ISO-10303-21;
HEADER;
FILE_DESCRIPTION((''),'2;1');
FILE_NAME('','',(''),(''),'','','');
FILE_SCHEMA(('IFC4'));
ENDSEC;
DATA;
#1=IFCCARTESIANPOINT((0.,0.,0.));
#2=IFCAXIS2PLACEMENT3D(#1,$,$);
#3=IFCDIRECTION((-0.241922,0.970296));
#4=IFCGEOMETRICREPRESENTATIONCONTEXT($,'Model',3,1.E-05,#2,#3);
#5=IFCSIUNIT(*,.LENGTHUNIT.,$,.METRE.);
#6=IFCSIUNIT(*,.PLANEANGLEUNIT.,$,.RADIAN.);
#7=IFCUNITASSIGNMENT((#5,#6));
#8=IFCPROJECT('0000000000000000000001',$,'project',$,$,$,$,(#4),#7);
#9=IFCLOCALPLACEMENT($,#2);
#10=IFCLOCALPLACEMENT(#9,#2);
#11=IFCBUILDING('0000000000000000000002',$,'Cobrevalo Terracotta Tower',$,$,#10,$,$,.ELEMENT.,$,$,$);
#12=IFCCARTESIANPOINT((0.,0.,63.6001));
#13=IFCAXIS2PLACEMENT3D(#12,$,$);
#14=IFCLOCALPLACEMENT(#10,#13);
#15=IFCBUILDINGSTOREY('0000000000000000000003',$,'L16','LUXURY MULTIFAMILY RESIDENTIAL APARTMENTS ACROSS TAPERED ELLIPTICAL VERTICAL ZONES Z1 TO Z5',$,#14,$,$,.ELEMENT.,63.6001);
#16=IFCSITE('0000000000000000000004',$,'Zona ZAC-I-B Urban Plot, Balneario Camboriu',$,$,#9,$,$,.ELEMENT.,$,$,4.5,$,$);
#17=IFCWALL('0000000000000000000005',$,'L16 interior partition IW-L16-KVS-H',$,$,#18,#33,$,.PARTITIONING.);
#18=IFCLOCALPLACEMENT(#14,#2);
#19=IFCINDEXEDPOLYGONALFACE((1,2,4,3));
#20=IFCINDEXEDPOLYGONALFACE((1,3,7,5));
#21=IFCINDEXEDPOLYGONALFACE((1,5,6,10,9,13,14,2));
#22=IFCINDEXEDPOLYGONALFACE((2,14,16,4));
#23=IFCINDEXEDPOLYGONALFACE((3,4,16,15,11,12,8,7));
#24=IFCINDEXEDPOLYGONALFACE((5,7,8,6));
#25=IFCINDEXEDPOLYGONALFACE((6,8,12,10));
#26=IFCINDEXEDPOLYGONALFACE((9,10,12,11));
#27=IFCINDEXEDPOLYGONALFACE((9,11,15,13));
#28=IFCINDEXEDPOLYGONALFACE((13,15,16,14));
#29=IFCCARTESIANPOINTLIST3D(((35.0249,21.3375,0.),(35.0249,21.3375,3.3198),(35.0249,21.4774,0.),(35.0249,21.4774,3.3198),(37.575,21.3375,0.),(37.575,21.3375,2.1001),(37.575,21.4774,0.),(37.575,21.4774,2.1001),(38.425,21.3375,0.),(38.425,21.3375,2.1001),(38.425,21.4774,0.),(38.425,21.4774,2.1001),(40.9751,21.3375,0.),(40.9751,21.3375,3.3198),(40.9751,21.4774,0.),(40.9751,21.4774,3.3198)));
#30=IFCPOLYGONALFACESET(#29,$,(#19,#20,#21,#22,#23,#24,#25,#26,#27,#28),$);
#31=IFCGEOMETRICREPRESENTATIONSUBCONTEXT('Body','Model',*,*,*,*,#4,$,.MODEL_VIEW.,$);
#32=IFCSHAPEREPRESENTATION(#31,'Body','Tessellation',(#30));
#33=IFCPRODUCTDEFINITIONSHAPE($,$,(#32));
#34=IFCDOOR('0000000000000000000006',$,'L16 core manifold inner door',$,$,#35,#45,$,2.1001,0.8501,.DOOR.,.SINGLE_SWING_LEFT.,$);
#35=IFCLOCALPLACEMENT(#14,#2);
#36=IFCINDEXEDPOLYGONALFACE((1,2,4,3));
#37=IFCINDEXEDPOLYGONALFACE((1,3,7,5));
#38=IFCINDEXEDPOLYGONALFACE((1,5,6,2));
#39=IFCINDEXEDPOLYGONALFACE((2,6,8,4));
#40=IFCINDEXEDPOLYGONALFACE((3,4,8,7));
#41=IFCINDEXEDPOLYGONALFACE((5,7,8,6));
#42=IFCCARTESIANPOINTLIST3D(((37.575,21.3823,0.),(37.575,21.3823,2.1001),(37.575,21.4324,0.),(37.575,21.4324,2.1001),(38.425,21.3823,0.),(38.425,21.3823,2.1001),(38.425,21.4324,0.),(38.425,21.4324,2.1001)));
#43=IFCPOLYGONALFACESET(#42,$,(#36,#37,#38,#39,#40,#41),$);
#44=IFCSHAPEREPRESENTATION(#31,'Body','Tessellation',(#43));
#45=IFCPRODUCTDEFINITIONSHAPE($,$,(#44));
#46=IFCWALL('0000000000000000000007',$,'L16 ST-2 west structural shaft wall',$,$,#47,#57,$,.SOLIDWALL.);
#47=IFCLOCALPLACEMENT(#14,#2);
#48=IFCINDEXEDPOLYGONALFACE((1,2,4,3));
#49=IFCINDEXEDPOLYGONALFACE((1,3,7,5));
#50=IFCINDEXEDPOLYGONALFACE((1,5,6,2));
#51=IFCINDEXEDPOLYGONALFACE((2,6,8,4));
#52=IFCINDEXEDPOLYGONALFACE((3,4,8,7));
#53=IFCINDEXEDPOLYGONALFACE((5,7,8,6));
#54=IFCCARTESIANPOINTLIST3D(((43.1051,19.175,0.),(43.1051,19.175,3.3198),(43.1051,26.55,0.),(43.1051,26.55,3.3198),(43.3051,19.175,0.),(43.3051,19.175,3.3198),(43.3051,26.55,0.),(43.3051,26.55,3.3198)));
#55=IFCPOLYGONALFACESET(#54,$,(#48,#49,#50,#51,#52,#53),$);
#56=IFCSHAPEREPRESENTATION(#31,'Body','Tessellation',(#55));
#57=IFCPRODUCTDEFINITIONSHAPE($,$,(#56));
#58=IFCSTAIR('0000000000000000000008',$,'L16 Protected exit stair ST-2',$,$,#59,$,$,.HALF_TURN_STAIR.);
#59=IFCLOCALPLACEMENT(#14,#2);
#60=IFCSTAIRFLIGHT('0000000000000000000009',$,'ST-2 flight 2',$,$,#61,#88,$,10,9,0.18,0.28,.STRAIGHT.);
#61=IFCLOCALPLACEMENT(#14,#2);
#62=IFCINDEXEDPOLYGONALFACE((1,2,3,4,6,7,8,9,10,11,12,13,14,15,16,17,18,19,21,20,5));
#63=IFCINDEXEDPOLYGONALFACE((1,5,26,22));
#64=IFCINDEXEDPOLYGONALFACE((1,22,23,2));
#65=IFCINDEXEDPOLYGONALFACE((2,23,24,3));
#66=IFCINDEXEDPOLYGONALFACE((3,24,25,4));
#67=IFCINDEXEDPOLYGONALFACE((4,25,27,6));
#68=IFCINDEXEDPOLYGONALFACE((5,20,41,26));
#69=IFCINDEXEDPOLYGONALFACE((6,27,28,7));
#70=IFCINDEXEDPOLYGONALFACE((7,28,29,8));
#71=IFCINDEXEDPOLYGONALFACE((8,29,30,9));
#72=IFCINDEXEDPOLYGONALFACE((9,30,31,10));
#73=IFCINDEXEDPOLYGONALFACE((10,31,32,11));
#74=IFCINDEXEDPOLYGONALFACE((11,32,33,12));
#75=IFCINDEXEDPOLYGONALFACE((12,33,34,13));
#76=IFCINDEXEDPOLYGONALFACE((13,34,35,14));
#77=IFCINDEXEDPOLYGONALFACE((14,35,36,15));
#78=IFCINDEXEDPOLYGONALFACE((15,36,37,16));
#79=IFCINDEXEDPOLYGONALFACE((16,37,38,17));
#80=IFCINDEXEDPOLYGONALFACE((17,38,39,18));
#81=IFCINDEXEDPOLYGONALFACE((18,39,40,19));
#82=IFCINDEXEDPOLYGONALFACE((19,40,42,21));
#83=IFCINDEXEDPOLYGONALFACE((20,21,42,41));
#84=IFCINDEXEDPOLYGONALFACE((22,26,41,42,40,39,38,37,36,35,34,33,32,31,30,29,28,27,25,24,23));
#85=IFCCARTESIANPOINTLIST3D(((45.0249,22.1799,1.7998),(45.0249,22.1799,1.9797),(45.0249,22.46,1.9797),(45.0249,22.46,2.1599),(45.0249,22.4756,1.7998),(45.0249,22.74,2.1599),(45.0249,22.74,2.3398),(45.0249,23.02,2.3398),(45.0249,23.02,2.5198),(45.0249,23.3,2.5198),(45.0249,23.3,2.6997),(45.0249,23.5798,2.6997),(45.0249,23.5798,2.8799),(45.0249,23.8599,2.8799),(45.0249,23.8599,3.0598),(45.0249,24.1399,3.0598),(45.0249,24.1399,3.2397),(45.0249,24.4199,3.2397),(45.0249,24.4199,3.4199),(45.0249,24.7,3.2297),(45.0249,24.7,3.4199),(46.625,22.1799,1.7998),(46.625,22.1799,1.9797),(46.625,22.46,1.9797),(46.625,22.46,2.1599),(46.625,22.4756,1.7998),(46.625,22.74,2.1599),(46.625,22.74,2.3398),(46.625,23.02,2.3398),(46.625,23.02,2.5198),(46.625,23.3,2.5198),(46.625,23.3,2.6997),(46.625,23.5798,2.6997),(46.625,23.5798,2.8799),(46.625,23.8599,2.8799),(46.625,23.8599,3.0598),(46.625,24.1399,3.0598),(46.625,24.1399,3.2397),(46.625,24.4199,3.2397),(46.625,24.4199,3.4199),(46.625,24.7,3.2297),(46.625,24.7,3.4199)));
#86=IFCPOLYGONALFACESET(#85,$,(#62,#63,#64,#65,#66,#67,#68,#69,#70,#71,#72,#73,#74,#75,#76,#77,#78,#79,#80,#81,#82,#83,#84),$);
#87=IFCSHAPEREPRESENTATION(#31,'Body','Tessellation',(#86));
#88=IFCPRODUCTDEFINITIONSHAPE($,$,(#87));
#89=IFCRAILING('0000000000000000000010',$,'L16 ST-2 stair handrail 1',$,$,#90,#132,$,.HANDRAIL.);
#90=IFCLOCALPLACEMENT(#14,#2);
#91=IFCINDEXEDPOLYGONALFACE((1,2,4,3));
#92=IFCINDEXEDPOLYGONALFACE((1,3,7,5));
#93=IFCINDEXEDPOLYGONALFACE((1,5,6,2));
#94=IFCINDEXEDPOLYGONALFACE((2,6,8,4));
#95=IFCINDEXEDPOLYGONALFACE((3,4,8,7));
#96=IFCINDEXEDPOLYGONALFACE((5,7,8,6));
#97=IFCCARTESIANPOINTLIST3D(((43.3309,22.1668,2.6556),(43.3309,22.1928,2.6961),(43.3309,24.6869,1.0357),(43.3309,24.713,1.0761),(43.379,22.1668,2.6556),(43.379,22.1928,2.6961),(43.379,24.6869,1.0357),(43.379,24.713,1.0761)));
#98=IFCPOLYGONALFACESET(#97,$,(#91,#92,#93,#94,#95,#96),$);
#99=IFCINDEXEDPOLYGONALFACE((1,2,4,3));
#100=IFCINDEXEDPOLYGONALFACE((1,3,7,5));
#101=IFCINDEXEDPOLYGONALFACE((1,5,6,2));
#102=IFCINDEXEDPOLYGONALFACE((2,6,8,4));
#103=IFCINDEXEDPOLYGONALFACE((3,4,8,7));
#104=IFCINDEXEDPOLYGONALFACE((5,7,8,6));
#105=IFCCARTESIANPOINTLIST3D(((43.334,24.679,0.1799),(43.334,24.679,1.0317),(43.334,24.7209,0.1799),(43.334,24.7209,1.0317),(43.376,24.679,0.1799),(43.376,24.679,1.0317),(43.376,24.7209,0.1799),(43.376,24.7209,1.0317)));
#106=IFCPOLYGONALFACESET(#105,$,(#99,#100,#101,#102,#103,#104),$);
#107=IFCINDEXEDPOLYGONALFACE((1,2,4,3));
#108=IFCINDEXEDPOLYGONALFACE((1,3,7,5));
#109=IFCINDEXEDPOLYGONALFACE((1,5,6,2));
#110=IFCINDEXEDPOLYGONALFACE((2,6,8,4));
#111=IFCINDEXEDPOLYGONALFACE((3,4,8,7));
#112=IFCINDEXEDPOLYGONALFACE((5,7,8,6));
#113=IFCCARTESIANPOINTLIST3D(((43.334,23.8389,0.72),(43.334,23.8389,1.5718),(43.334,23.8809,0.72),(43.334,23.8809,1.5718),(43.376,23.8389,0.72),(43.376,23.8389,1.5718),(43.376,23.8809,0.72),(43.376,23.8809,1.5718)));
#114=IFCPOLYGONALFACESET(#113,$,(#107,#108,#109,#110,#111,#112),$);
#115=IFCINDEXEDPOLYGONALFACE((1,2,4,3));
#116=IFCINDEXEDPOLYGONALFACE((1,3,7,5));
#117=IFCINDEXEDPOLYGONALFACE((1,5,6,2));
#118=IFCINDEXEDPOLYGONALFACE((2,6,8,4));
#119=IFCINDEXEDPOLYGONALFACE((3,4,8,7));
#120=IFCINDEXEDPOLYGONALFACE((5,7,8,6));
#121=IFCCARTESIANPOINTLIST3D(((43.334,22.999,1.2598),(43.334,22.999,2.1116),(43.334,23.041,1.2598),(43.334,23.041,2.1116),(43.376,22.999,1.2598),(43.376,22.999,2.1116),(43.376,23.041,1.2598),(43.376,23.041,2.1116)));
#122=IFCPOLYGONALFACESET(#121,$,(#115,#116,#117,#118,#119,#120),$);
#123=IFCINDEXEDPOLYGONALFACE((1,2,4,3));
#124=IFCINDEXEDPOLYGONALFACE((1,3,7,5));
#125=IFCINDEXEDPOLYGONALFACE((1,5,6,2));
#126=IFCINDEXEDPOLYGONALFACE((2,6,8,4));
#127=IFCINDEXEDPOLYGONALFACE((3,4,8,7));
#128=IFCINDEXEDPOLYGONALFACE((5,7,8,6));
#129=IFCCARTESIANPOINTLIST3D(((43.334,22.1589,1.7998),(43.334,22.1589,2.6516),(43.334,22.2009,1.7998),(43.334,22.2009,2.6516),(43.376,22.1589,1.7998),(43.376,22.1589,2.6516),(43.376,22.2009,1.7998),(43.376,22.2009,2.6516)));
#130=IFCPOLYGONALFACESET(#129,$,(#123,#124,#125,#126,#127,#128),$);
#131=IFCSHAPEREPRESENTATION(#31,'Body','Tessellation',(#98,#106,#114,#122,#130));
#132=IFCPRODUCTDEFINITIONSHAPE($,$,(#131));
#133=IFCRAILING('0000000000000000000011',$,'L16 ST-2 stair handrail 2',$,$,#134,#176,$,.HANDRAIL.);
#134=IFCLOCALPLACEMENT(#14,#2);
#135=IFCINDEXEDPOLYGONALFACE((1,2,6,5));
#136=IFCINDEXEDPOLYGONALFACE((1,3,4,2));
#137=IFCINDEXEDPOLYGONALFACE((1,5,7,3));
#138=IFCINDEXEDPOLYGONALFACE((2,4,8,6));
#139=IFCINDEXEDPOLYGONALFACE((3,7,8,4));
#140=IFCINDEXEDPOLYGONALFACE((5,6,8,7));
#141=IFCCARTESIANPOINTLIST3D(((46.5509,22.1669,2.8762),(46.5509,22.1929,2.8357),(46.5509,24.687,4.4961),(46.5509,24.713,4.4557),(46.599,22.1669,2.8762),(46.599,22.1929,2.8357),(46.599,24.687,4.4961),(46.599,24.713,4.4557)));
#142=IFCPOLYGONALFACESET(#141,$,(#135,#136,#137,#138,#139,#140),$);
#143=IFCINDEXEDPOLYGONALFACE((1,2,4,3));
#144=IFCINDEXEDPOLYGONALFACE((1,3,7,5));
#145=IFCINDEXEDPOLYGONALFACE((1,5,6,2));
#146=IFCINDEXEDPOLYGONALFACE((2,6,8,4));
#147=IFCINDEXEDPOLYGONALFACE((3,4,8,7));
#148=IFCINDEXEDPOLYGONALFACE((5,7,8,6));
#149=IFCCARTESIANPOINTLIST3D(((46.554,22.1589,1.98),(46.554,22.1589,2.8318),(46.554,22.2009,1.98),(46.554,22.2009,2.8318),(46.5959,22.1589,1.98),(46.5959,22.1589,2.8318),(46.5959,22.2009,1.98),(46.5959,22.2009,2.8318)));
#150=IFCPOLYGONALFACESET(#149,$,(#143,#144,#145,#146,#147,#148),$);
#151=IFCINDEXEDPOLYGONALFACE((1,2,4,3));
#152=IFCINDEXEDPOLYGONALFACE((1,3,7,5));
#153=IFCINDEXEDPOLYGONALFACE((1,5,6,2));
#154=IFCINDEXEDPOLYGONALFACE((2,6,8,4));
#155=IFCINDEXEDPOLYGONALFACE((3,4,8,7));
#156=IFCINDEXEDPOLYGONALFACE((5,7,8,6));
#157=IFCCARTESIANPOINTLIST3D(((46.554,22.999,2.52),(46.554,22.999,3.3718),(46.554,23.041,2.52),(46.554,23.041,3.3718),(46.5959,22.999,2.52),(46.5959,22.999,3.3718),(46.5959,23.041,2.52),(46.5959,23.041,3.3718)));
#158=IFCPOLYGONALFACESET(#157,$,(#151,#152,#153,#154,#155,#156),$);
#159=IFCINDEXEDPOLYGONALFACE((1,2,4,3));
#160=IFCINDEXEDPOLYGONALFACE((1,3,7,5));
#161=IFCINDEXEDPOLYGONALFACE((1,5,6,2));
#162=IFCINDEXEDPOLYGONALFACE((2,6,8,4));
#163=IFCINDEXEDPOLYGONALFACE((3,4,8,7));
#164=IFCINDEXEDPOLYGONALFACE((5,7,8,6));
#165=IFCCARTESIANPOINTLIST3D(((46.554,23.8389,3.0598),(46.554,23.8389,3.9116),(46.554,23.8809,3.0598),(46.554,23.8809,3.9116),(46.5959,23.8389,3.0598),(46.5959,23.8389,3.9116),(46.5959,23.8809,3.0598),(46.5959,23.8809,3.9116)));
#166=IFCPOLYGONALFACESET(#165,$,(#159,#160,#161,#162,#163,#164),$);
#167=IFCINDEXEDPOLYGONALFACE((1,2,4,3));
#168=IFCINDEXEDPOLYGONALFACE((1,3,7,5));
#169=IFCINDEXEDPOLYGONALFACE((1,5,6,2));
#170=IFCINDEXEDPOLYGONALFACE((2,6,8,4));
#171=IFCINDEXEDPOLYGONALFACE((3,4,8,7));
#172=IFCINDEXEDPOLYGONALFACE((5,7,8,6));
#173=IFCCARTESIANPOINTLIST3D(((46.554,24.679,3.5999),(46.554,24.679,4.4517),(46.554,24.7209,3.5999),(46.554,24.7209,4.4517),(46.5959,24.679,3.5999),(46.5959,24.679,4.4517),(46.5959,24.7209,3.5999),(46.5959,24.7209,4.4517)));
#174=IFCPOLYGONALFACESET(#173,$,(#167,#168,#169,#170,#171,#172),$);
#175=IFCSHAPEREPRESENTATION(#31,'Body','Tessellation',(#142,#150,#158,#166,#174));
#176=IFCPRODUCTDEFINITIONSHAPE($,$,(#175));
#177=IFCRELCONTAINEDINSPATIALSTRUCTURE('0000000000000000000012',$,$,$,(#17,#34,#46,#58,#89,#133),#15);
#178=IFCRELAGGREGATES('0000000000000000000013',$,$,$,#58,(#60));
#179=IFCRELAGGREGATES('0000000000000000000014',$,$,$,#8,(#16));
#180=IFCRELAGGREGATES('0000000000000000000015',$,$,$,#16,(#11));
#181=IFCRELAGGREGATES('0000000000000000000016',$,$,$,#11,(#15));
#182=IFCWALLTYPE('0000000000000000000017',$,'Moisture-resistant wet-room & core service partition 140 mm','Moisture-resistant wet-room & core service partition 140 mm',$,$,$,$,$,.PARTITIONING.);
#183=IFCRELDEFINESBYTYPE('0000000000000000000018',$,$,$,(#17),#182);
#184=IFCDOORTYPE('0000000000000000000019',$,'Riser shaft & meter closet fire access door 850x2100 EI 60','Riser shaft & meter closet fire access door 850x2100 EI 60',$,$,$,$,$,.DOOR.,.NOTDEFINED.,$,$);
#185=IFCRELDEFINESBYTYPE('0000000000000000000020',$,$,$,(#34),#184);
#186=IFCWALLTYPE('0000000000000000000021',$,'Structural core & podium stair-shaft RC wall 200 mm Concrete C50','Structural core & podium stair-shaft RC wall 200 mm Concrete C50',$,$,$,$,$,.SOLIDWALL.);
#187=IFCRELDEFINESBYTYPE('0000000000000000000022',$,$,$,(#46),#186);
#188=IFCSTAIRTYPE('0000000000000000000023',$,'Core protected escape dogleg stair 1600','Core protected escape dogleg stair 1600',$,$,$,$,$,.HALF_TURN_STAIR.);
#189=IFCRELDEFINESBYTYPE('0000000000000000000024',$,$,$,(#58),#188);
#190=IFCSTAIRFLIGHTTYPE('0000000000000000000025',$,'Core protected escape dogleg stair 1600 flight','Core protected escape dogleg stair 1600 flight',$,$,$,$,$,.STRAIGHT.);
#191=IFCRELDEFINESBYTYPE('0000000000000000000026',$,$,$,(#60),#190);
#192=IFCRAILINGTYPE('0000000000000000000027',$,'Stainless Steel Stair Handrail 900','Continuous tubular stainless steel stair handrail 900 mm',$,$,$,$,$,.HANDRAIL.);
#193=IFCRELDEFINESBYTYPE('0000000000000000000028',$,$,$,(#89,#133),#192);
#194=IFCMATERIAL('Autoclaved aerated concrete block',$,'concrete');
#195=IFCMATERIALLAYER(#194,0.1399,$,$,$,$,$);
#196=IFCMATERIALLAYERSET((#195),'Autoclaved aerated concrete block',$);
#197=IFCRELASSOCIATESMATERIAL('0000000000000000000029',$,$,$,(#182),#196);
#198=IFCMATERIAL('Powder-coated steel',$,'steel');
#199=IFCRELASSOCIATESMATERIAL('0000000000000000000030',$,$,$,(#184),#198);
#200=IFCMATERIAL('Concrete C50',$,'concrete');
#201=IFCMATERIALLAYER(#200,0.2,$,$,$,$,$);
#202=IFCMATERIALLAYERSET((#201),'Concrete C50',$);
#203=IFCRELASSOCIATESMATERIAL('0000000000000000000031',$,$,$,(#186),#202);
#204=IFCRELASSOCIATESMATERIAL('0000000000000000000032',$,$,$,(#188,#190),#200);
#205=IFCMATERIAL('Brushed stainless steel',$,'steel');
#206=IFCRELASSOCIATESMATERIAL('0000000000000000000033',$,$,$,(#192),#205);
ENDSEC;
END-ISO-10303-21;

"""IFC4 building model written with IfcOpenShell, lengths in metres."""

from ifc_helpers import new_model, si_unit, direction, frame, frame_2d, origin, origin_2d, place, context, subcontext, project, spatial, polyline, rectangle, outline, extrude, source, transform, mapped, material, layer, layer_set, type_object, element, fill, aggregate, save


model = new_model("IFC4")

# Units and contexts
model_context = context("Model", 3, precision=1e-05, world=origin(), true_north=direction((-0.241922, 0.970296)))
body_context = subcontext(model_context, "Body", "Model", "MODEL_VIEW")
ifc_project = project(units=[si_unit("LENGTHUNIT", "METRE"), si_unit("PLANEANGLEUNIT", "RADIAN")], contexts=[model_context])

# Site, building, storey
site_placement = place(None, origin())
site = spatial("IfcSite", under=ifc_project, at=site_placement, Name="Zona ZAC-I-B Urban Plot, Balneario Camboriu", CompositionType="ELEMENT", RefElevation=4.5)
building_placement = place(site_placement, origin())
building = spatial("IfcBuilding", under=site, at=building_placement, Name="Cobrevalo Terracotta Tower", CompositionType="ELEMENT")
storey_placement = place(building_placement, frame((0.0, 0.0, 63.6001)))
storey = spatial("IfcBuildingStorey", under=building, at=storey_placement, Name="L16", Description="LUXURY MULTIFAMILY RESIDENTIAL APARTMENTS ACROSS TAPERED ELLIPTICAL VERTICAL ZONES Z1 TO Z5", CompositionType="ELEMENT", Elevation=63.6001)

# Shared definitions
ifc_material_1 = material(Name="Autoclaved aerated concrete block", Category="concrete")

# Shared definitions
ifc_layer_1 = layer(ifc_material_1, 0.1399)
ifc_layer_set_1 = layer_set([ifc_layer_1], Name="Autoclaved aerated concrete block")
wall_type_1 = type_object("IfcWallType", Name="Moisture-resistant wet-room & core service partition 140 mm", Description="Moisture-resistant wet-room & core service partition 140 mm", PredefinedType="PARTITIONING", material=ifc_layer_set_1)

# Wall, opening, door
wall_1_placement = place(storey_placement, frame((35.0249, 21.4075, 0.0), z_axis=(0.0, 0.0, 1.0), x_axis=(1.0, 0.0, 0.0)))
wall_1 = element("IfcWall", 1, at=wall_1_placement, inside=storey, type_object=wall_type_1, Name="L16 interior partition IW-L16-KVS-H", PredefinedType="PARTITIONING", context=body_context, shape_type="SweptSolid", body=[
    extrude(rectangle(XDim=5.9502, YDim=0.1399, at=frame_2d((2.9751, 0.0))), origin(), (0.0, 0.0, 1.0), 3.3198),
])
opening_1_placement = place(wall_1_placement, frame((2.55, 0.0, 0.0)))
opening_1 = element("IfcOpeningElement", 2, at=opening_1_placement, cuts=wall_1, PredefinedType="OPENING", context=body_context, shape_type="SweptSolid", body=[
    extrude(rectangle(XDim=0.8501, YDim=2.1001, at=frame_2d((0.425, 1.05))), frame((0.0, 0.0801, 0.0), z_axis=(0.0, -1.0, 0.0), x_axis=(1.0, 0.0, 0.0)), (0.0, 0.0, 1.0), 0.1599),
])
ifc_material_2 = material(Name="Powder-coated steel", Category="steel")
door_type_1 = type_object("IfcDoorType", Name="Riser shaft & meter closet fire access door 850x2100 EI 60", Description="Riser shaft & meter closet fire access door 850x2100 EI 60", OperationType="NOTDEFINED", PredefinedType="DOOR", material=ifc_material_2)
shared_shape_1 = source(origin(), body_context, "Body", "SweptSolid", [
    extrude(rectangle(XDim=0.8501, YDim=2.1001, at=frame_2d((0.425, 1.05))), frame((0.0, 0.0249, 0.0), z_axis=(0.0, -1.0, 0.0), x_axis=(1.0, 0.0, 0.0)), (0.0, 0.0, 1.0), 0.05),
])
door_1_placement = place(opening_1_placement, origin())
door_1 = element("IfcDoor", 3, at=door_1_placement, inside=storey, type_object=door_type_1, Name="L16 core manifold inner door", OperationType="SINGLE_SWING_LEFT", OverallHeight=2.1001, OverallWidth=0.8501, PredefinedType="DOOR", context=body_context, shape_type="MappedRepresentation", body=[
    mapped(shared_shape_1, transform((0.0, 0.0, 0.0), scale=1.0)),
])
fill(opening_1, door_1)

# Wall
ifc_material_3 = material(Name="Concrete C50", Category="concrete")
ifc_layer_2 = layer(ifc_material_3, 0.2)
ifc_layer_set_2 = layer_set([ifc_layer_2], Name="Concrete C50")
wall_type_2 = type_object("IfcWallType", Name="Structural core & podium stair-shaft RC wall 200 mm Concrete C50", Description="Structural core & podium stair-shaft RC wall 200 mm Concrete C50", PredefinedType="SOLIDWALL", material=ifc_layer_set_2)
wall_2_placement = place(storey_placement, frame((43.2051, 19.175, 0.0), z_axis=(0.0, 0.0, 1.0), x_axis=(0.0, 1.0, 0.0)))
element("IfcWall", 4, at=wall_2_placement, inside=storey, type_object=wall_type_2, Name="L16 ST-2 west structural shaft wall", PredefinedType="SOLIDWALL", context=body_context, shape_type="SweptSolid", body=[
    extrude(rectangle(XDim=7.375, YDim=0.2, at=frame_2d((3.6875, 0.0))), origin(), (0.0, 0.0, 1.0), 3.3198),
])

# Stair, stair flight
stair_type = type_object("IfcStairType", Name="Core protected escape dogleg stair 1600", Description="Core protected escape dogleg stair 1600", PredefinedType="HALF_TURN_STAIR", material=ifc_material_3)
stair_placement = place(storey_placement, origin())
stair = element("IfcStair", 5, at=stair_placement, inside=storey, type_object=stair_type, Name="L16 Protected exit stair ST-2", PredefinedType="HALF_TURN_STAIR")
stair_flight_type = type_object("IfcStairFlightType", Name="Core protected escape dogleg stair 1600 flight", Description="Core protected escape dogleg stair 1600 flight", PredefinedType="STRAIGHT", material=ifc_material_3)
stair_flight_placement = place(storey_placement, frame((45.825, 22.1799, 1.7998), z_axis=(0.0, 0.0, 1.0), x_axis=(0.0, 1.0, 0.0)))
stair_flight = element("IfcStairFlight", 6, at=stair_flight_placement, type_object=stair_flight_type, Name="ST-2 flight 2", NumberOfRisers=10, NumberOfTreads=9, PredefinedType="STRAIGHT", RiserHeight=0.18, TreadLength=0.28, context=body_context, shape_type="SweptSolid", body=[
    extrude(outline(polyline([(0.0, 0.0), (0.0, 0.1799), (0.28, 0.1799), (0.28, 0.3601), (0.5601, 0.3601), (0.5601, 0.54), (0.8401, 0.54), (0.8401, 0.72), (1.1201, 0.72), (1.1201, 0.8999), (1.3999, 0.8999), (1.3999, 1.0801), (1.6799, 1.0801), (1.6799, 1.26), (1.96, 1.26), (1.96, 1.4399), (2.24, 1.4399), (2.24, 1.6201), (2.52, 1.6201), (2.52, 1.8), (2.52, 1.4299), (0.2957, 0.0), (0.0, 0.0)])), frame((0.0, 0.8, 0.0), z_axis=(0.0, -1.0, 0.0), x_axis=(1.0, 0.0, 0.0)), (0.0, 0.0, 1.0), 1.6001),
])
aggregate(stair, [stair_flight])

# Railings
ifc_material_4 = material(Name="Brushed stainless steel", Category="steel")
railing_type_1 = type_object("IfcRailingType", Name="Stainless Steel Stair Handrail 900", Description="Continuous tubular stainless steel stair handrail 900 mm", PredefinedType="HANDRAIL", material=ifc_material_4)
railing_1_placement = place(storey_placement, frame((43.355, 24.7, 0.1799)))
element("IfcRailing", 7, at=railing_1_placement, inside=storey, type_object=railing_type_1, Name="L16 ST-2 stair handrail 1", PredefinedType="HANDRAIL", context=body_context, shape_type="SweptSolid", body=[
    extrude(rectangle(XDim=0.0481, YDim=0.0481, at=origin_2d()), frame((0.0, 0.0, 0.876), z_axis=(0.0, -0.8412, 0.540725), x_axis=(1.0, 0.0, 0.0)), (0.0, 0.0, 1.0), 2.9958),
    extrude(rectangle(XDim=0.042, YDim=0.042, at=origin_2d()), origin(), (0.0, 0.0, 1.0), 0.8518),
    extrude(rectangle(XDim=0.042, YDim=0.042, at=origin_2d()), frame((0.0, -0.8401, 0.54)), (0.0, 0.0, 1.0), 0.8518),
    extrude(rectangle(XDim=0.042, YDim=0.042, at=origin_2d()), frame((0.0, -1.6799, 1.0798)), (0.0, 0.0, 1.0), 0.8518),
    extrude(rectangle(XDim=0.042, YDim=0.042, at=origin_2d()), frame((0.0, -2.52, 1.6199)), (0.0, 0.0, 1.0), 0.8518),
])
railing_2_placement = place(storey_placement, frame((46.575, 22.1799, 1.98)))
element("IfcRailing", 8, at=railing_2_placement, inside=storey, type_object=railing_type_1, Name="L16 ST-2 stair handrail 2", PredefinedType="HANDRAIL", context=body_context, shape_type="SweptSolid", body=[
    extrude(rectangle(XDim=0.0481, YDim=0.0481, at=origin_2d()), frame((0.0, 0.0, 0.876), z_axis=(0.0, 0.8412, 0.540725), x_axis=(-1.0, 0.0, 0.0)), (0.0, 0.0, 1.0), 2.9958),
    extrude(rectangle(XDim=0.042, YDim=0.042, at=origin_2d()), origin(), (0.0, 0.0, 1.0), 0.8518),
    extrude(rectangle(XDim=0.042, YDim=0.042, at=origin_2d()), frame((0.0, 0.8401, 0.54)), (0.0, 0.0, 1.0), 0.8518),
    extrude(rectangle(XDim=0.042, YDim=0.042, at=origin_2d()), frame((0.0, 1.6799, 1.0798)), (0.0, 0.0, 1.0), 0.8518),
    extrude(rectangle(XDim=0.042, YDim=0.042, at=origin_2d()), frame((0.0, 2.52, 1.6199)), (0.0, 0.0, 1.0), 0.8518),
])

save(model, "model.ifc")
